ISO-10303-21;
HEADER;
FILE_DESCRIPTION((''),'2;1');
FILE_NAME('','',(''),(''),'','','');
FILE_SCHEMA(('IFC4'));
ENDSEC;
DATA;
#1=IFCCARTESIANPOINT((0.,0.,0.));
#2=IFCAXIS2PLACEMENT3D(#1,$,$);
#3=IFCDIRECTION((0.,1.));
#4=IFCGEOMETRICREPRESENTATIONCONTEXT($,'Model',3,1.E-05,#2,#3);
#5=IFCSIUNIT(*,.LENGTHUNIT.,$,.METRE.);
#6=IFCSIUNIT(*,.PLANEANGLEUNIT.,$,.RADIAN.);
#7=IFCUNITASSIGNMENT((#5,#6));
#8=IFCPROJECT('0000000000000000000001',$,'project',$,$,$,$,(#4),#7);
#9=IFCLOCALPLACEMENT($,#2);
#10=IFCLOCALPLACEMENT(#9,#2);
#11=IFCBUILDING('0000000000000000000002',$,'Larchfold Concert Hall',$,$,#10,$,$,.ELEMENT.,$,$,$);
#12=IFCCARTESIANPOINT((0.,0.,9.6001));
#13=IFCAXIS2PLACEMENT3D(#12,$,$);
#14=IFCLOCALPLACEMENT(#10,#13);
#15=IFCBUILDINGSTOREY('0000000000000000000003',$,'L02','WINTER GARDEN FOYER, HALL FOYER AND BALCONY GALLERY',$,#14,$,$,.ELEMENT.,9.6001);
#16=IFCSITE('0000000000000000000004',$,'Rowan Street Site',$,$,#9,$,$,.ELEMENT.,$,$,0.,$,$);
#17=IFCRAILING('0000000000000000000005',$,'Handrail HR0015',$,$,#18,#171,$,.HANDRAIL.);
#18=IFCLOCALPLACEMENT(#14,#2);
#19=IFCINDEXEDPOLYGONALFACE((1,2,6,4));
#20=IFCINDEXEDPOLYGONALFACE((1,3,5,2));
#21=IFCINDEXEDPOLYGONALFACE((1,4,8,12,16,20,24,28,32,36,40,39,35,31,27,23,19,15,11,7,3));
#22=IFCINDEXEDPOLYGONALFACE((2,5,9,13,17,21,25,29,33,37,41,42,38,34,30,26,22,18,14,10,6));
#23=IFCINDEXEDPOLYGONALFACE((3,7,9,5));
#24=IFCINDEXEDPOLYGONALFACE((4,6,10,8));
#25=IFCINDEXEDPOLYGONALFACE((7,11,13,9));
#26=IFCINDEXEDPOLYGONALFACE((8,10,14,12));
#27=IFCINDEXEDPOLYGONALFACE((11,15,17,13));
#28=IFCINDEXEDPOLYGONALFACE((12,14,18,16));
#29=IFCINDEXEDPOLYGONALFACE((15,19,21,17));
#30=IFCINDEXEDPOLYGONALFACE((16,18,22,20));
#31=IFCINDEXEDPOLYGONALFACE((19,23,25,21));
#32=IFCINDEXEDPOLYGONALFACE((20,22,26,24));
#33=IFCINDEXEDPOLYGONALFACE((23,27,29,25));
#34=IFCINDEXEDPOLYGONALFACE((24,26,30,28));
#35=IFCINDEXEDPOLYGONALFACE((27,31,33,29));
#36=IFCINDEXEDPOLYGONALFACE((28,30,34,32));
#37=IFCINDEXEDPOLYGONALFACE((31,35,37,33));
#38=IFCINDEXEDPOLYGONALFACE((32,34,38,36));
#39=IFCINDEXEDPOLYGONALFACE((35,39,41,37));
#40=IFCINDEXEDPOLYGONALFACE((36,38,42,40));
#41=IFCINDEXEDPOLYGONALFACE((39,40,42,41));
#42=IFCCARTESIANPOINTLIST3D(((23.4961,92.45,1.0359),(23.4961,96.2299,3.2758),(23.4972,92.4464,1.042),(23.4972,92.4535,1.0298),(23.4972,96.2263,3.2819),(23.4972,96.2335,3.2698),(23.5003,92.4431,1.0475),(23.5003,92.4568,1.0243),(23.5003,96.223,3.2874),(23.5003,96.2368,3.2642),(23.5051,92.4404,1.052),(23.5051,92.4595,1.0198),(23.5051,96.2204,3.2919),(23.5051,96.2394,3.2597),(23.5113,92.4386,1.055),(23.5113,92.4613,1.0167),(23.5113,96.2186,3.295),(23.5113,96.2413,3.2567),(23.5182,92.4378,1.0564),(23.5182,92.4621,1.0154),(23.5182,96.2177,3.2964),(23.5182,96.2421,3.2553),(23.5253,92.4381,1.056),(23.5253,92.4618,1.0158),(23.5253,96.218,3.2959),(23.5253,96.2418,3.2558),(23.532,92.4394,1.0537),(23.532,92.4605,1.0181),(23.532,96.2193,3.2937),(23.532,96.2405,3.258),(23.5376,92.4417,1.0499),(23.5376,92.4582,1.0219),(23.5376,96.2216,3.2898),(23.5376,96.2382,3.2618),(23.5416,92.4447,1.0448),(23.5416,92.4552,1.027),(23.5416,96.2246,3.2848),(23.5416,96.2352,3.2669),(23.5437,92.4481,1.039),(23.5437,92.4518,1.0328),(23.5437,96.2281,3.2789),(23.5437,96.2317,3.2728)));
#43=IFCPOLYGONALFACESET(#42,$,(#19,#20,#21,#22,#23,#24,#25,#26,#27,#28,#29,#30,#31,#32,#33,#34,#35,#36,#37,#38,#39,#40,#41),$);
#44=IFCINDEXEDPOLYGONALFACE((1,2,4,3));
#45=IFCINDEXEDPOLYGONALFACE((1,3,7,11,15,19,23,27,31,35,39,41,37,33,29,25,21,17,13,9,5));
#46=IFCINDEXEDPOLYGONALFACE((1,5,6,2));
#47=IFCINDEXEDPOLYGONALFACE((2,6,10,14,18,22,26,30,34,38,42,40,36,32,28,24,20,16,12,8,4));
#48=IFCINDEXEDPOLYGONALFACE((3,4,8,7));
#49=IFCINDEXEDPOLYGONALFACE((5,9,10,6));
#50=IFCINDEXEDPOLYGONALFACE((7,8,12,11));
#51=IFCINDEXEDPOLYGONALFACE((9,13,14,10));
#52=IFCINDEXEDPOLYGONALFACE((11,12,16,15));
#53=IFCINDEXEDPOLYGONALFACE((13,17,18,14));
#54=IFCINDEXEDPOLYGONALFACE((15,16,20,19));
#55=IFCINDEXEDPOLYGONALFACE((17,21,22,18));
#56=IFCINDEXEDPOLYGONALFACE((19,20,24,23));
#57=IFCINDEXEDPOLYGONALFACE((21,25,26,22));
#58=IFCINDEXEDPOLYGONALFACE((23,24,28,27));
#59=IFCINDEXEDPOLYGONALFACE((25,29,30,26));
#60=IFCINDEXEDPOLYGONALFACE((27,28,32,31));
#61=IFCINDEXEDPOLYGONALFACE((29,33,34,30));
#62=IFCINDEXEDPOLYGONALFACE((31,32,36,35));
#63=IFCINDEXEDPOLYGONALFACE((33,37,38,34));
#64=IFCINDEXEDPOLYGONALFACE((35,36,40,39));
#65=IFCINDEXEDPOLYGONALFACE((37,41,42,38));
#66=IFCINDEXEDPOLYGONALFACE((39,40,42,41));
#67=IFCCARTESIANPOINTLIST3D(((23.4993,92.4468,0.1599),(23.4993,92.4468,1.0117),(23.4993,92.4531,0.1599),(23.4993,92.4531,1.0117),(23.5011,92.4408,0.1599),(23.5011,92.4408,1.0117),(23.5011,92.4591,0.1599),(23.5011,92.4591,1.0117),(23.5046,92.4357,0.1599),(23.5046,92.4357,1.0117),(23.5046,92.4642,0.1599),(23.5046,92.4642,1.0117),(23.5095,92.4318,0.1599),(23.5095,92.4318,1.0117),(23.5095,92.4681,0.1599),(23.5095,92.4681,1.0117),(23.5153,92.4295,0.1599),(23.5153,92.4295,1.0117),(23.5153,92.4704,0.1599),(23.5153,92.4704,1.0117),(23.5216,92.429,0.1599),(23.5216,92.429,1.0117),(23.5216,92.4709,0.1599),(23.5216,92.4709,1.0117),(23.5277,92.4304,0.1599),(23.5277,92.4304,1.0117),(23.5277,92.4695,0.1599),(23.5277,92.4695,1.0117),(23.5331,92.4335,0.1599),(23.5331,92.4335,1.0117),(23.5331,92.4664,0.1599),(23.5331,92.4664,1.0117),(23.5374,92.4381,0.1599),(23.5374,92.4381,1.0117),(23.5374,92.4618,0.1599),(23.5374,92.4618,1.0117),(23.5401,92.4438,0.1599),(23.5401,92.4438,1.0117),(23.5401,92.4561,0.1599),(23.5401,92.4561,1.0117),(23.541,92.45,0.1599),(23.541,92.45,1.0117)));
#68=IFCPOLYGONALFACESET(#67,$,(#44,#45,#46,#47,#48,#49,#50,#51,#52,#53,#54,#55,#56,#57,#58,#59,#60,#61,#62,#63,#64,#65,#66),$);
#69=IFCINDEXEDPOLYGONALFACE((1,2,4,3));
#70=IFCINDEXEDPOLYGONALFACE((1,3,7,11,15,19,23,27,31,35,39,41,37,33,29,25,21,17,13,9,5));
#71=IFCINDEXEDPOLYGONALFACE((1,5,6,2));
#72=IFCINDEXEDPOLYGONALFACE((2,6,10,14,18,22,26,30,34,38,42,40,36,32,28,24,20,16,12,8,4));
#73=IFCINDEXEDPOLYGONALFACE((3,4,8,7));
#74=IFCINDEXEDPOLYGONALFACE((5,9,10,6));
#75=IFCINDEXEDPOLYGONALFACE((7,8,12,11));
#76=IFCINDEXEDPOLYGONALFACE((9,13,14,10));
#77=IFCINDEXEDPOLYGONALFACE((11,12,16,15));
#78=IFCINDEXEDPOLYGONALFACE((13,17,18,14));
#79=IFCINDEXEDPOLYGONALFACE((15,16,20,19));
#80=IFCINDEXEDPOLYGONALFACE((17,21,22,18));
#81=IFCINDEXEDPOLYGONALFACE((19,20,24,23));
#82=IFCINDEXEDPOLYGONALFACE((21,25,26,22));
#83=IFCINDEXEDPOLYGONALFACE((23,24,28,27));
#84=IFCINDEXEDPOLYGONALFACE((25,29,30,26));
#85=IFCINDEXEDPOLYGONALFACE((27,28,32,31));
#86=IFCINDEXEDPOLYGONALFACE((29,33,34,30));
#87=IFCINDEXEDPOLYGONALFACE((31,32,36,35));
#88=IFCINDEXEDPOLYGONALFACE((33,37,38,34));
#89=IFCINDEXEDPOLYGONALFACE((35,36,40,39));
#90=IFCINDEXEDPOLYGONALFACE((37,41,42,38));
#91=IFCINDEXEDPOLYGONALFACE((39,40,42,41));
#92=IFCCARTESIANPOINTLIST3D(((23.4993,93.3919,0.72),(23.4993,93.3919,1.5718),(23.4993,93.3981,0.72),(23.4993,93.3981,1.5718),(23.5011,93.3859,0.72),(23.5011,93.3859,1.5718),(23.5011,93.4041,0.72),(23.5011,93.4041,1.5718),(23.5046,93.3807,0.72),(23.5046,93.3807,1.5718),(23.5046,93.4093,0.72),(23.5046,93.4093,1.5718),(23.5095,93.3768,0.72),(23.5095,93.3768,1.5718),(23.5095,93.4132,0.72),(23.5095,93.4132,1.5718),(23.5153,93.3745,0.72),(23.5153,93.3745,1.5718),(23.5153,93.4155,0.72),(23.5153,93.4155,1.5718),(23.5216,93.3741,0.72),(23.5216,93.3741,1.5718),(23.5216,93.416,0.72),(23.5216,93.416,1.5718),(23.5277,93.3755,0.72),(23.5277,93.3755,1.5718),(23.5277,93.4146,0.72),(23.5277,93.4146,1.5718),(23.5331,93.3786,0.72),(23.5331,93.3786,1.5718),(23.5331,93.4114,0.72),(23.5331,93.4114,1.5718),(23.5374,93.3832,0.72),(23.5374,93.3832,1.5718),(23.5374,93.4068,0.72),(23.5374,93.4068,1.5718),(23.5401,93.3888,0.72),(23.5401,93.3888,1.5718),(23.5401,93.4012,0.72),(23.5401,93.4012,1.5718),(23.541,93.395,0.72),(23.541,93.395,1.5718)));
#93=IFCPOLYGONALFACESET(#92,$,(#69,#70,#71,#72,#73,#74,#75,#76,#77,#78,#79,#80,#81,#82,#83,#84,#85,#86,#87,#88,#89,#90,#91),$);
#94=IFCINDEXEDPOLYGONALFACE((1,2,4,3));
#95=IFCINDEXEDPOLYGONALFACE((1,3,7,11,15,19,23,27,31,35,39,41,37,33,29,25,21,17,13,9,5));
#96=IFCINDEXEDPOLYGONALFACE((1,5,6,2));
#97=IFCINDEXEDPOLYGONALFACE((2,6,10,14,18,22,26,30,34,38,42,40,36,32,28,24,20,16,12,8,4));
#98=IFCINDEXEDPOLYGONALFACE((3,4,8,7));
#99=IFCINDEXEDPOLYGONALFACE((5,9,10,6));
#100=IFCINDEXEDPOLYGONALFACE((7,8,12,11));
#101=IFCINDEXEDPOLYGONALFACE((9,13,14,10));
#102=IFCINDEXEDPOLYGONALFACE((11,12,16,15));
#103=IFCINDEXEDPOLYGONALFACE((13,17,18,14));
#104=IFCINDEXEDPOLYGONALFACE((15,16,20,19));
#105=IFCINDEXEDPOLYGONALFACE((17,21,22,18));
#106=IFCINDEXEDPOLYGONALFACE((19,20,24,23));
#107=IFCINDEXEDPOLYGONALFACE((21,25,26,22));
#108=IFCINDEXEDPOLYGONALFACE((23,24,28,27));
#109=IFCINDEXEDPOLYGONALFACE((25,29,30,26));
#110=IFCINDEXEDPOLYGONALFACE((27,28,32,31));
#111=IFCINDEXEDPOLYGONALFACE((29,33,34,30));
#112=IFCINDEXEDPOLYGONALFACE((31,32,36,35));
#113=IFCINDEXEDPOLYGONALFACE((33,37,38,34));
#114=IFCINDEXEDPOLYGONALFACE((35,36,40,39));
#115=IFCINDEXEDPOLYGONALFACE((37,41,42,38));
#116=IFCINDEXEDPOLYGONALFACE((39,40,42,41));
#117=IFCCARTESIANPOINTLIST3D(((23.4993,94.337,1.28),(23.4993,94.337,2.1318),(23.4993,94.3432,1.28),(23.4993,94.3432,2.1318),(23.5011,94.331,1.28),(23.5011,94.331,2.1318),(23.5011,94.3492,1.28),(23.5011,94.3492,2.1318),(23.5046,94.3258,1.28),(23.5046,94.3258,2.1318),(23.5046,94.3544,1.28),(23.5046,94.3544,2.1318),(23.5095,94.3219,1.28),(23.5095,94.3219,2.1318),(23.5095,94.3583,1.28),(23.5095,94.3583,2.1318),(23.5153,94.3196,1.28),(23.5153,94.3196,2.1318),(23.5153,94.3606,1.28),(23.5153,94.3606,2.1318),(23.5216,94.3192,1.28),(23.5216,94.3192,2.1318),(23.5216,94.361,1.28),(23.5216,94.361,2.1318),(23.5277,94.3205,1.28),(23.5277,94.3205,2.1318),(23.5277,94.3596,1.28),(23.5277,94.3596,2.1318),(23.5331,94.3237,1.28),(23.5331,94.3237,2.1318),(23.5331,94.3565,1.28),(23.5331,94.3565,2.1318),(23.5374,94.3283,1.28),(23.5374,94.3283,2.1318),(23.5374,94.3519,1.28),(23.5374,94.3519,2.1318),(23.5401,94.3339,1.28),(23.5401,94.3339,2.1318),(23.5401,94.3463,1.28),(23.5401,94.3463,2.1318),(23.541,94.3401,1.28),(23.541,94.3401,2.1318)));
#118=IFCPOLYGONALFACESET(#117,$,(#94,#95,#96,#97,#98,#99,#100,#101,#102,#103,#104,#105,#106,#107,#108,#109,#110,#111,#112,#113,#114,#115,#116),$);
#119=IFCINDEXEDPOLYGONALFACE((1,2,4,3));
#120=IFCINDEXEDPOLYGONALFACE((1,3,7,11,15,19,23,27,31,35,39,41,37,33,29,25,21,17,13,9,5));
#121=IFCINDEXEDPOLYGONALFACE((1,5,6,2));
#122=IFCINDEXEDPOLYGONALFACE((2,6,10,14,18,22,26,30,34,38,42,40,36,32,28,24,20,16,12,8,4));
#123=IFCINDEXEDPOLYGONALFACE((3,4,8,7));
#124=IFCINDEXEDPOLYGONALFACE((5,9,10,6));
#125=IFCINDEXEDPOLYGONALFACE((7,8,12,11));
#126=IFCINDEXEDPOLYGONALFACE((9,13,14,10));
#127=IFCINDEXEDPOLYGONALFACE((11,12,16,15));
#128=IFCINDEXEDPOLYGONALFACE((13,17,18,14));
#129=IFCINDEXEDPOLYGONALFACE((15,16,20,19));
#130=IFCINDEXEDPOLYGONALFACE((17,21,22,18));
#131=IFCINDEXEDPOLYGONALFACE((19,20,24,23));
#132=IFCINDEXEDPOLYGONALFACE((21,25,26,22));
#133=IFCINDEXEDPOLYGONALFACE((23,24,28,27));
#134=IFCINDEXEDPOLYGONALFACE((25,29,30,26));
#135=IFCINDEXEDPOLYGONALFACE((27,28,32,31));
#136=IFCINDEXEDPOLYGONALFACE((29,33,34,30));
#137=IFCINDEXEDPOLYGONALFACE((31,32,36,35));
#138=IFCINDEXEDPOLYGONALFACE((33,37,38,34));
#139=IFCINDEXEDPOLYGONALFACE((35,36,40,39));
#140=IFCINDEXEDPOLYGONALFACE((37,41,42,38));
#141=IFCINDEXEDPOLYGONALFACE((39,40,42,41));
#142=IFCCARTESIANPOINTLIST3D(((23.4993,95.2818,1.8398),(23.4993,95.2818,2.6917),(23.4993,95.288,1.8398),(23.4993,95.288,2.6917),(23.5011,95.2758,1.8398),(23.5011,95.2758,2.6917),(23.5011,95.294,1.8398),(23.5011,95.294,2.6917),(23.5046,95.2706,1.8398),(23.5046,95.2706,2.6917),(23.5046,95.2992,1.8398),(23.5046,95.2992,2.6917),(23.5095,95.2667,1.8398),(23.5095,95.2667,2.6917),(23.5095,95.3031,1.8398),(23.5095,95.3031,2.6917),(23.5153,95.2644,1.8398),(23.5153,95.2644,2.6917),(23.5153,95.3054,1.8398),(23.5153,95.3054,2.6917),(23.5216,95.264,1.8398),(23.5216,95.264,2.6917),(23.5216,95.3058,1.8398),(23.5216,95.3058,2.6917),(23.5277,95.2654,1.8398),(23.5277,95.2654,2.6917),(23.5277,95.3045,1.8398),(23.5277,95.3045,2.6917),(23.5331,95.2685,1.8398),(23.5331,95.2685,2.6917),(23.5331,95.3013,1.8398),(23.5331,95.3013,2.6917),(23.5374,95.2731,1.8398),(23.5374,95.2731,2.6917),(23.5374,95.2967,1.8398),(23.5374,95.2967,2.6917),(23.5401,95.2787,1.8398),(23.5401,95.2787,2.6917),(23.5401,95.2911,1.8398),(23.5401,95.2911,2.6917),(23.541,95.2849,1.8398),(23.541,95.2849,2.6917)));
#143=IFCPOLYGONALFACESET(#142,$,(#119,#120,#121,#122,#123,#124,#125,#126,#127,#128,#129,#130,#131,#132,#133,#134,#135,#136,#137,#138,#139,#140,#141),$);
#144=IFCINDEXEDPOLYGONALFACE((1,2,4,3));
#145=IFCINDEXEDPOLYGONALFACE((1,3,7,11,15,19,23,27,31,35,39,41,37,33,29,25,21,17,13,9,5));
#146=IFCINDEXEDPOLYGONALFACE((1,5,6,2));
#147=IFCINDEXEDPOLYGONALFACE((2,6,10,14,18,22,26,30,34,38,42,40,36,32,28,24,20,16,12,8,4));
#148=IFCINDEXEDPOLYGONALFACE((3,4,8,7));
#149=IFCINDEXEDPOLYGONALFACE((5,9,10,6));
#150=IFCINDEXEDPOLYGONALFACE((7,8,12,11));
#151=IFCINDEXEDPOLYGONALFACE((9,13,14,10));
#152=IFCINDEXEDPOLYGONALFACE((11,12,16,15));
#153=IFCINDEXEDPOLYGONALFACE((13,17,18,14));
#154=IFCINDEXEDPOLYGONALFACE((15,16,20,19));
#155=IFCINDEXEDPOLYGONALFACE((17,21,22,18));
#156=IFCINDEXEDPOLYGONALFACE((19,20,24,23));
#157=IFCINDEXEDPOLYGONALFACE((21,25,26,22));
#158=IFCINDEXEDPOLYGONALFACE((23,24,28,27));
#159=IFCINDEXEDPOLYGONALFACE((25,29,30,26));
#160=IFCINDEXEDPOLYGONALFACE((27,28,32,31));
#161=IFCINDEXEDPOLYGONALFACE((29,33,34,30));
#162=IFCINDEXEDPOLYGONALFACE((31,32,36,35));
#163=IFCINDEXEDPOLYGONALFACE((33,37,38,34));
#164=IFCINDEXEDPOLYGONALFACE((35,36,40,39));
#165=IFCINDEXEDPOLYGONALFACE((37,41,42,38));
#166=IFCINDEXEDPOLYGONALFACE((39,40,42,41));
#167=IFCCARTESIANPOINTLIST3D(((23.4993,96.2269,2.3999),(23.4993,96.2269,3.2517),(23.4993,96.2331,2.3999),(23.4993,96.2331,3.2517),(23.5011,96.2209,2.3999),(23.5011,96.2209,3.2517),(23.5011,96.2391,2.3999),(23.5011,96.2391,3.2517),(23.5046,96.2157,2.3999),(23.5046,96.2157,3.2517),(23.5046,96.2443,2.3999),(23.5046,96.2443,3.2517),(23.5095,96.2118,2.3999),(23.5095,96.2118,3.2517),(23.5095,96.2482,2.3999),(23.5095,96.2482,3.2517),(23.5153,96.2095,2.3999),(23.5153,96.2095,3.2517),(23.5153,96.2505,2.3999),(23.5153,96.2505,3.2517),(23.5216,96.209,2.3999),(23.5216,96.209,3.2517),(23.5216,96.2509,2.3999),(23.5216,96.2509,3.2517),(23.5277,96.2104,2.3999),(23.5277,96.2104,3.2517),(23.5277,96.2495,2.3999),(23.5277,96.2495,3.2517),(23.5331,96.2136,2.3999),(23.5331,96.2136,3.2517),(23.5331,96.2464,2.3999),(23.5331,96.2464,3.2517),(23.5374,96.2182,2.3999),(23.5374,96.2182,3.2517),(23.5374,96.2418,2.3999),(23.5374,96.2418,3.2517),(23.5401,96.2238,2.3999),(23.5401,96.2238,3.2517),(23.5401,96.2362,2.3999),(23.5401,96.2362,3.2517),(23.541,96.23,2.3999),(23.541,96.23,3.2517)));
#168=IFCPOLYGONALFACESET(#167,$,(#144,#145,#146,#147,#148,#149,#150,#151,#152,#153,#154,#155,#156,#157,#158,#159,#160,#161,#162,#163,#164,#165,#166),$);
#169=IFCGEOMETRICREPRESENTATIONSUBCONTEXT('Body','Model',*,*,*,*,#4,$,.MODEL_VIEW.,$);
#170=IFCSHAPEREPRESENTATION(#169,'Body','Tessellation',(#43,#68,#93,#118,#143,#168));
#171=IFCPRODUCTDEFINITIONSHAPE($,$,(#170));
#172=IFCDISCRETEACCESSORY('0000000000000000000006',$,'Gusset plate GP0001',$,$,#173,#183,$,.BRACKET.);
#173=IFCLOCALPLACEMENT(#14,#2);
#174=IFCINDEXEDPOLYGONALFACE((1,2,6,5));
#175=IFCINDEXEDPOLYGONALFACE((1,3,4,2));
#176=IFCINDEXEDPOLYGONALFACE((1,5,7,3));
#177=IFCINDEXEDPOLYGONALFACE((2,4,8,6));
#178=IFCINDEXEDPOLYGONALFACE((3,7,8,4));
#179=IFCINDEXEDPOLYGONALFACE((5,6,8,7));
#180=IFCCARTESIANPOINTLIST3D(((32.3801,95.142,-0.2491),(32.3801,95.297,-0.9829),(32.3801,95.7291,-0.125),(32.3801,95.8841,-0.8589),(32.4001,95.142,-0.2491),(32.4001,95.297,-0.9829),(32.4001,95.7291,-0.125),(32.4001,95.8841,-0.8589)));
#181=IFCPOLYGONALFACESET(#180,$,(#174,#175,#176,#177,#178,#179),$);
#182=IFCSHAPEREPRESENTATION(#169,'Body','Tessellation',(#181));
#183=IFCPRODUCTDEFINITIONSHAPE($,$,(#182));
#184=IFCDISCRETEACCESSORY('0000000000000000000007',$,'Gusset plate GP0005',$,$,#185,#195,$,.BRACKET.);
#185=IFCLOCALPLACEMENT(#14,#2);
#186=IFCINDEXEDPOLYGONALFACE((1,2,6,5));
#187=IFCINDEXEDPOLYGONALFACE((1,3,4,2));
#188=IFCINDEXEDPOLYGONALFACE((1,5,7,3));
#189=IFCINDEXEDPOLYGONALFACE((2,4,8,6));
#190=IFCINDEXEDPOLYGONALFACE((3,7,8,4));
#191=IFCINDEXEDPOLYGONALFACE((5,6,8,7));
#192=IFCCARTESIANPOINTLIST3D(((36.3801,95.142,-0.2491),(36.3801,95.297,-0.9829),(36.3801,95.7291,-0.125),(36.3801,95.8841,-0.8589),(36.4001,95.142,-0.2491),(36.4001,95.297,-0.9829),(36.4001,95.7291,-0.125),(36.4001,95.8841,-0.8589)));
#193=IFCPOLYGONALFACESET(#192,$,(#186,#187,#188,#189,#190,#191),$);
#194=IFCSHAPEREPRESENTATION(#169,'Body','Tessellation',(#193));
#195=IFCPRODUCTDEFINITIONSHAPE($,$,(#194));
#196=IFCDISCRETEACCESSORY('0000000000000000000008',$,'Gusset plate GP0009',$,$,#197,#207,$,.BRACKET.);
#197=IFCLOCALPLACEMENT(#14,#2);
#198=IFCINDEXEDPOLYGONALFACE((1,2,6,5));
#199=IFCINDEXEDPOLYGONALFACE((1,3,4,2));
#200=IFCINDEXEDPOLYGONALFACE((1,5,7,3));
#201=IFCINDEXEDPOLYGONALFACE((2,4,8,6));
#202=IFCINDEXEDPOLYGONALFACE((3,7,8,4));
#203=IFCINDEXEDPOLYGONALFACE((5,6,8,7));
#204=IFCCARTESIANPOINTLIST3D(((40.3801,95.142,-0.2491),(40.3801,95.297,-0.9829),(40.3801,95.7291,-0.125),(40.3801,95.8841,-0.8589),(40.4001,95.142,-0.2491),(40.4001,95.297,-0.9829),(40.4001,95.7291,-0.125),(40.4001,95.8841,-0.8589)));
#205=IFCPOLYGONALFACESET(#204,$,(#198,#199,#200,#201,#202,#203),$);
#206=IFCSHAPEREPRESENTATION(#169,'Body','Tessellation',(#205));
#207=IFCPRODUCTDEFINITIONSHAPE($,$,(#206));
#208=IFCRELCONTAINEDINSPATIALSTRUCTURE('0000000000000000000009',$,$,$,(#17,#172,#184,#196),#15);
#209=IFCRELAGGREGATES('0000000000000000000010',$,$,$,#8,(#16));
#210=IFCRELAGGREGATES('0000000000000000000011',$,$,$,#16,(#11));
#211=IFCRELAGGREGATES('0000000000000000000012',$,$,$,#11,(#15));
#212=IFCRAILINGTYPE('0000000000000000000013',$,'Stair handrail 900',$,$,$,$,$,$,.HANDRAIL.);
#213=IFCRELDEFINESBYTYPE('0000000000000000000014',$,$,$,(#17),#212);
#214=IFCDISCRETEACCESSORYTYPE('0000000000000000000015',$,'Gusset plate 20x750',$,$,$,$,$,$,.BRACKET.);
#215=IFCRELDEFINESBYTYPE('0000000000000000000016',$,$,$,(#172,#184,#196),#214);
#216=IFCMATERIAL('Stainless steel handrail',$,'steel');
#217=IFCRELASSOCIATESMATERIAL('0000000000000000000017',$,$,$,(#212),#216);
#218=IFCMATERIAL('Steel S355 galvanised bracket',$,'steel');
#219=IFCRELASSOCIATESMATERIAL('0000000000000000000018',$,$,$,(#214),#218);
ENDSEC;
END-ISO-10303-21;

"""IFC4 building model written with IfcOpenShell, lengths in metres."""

from ifc_helpers import new_model, si_unit, direction, frame, origin, origin_2d, place, context, subcontext, project, spatial, rectangle, circle, extrude, material, material_profile, profile_set, type_object, element, save


model = new_model("IFC4")

# Units and contexts
model_context = context("Model", 3, precision=1e-05, world=origin(), true_north=direction((0.0, 1.0)))
body_context = subcontext(model_context, "Body", "Model", "MODEL_VIEW")
ifc_project = project(units=[si_unit("LENGTHUNIT", "METRE"), si_unit("PLANEANGLEUNIT", "RADIAN")], contexts=[model_context])

# Site, building, storey
site_placement = place(None, origin())
site = spatial("IfcSite", under=ifc_project, at=site_placement, Name="Rowan Street Site", CompositionType="ELEMENT", RefElevation=0.0)
building_placement = place(site_placement, origin())
building = spatial("IfcBuilding", under=site, at=building_placement, Name="Larchfold Concert Hall", CompositionType="ELEMENT")
storey_placement = place(building_placement, frame((0.0, 0.0, 9.6001)))
storey = spatial("IfcBuildingStorey", under=building, at=storey_placement, Name="L02", Description="WINTER GARDEN FOYER, HALL FOYER AND BALCONY GALLERY", CompositionType="ELEMENT", Elevation=9.6001)

# Railing
ifc_material_1 = material(Name="Stainless steel handrail", Category="steel")
railing_type_1 = type_object("IfcRailingType", Name="Stair handrail 900", PredefinedType="HANDRAIL", material=ifc_material_1)
railing_1_placement = place(storey_placement, frame((23.52, 92.45, 0.1599)))
element("IfcRailing", 1, at=railing_1_placement, inside=storey, type_object=railing_type_1, Name="Handrail HR0015", PredefinedType="HANDRAIL", context=body_context, shape_type="SweptSolid", body=[
    extrude(circle(Radius=0.0239, at=origin_2d()), frame((0.0, 0.0, 0.876), z_axis=(0.0, 0.860294, 0.509798), x_axis=(-1.0, 0.0, 0.0)), (0.0, 0.0, 1.0), 4.3938),
    extrude(circle(Radius=0.021, at=origin_2d()), origin(), (0.0, 0.0, 1.0), 0.8518),
    extrude(circle(Radius=0.021, at=origin_2d()), frame((0.0, 0.9451, 0.5601)), (0.0, 0.0, 1.0), 0.8518),
    extrude(circle(Radius=0.021, at=origin_2d()), frame((0.0, 1.8901, 1.1201)), (0.0, 0.0, 1.0), 0.8518),
    extrude(circle(Radius=0.021, at=origin_2d()), frame((0.0, 2.835, 1.6799)), (0.0, 0.0, 1.0), 0.8518),
    extrude(circle(Radius=0.021, at=origin_2d()), frame((0.0, 3.78, 2.24)), (0.0, 0.0, 1.0), 0.8518),
])

# Discrete accessories
ifc_material_2 = material(Name="Steel S355 galvanised bracket", Category="steel")
ifc_material_profile_1 = material_profile(ifc_material_2, rectangle(XDim=0.02, YDim=0.75, at=origin_2d()))
ifc_profile_set_1 = profile_set([ifc_material_profile_1], Name="Steel S355 galvanised bracket")
discrete_accessory_type = type_object("IfcDiscreteAccessoryType", Name="Gusset plate 20x750", PredefinedType="BRACKET", material=ifc_profile_set_1)
for number, where, z_axis, x_axis, name in (
    (2, (32.3901, 95.2195, -0.616), (0.0, 0.978411, 0.206667), (-1.0, 0.0, 0.0), "Gusset plate GP0001"),
    (3, (36.3901, 95.2195, -0.616), (0.0, 0.978411, 0.206667), (-1.0, 0.0, 0.0), "Gusset plate GP0005"),
    (4, (40.3901, 95.2195, -0.616), (0.0, 0.978411, 0.206667), (-1.0, 0.0, 0.0), "Gusset plate GP0009"),
):
    element("IfcDiscreteAccessory", number, at=place(storey_placement, frame(where, z_axis=z_axis, x_axis=x_axis)), inside=storey, type_object=discrete_accessory_type, Name=name, PredefinedType="BRACKET", context=body_context, shape_type="SweptSolid", body=[
        extrude(rectangle(XDim=0.02, YDim=0.75, at=origin_2d()), origin(), (0.0, 0.0, 1.0), 0.6001),
    ])

save(model, "model.ifc")
